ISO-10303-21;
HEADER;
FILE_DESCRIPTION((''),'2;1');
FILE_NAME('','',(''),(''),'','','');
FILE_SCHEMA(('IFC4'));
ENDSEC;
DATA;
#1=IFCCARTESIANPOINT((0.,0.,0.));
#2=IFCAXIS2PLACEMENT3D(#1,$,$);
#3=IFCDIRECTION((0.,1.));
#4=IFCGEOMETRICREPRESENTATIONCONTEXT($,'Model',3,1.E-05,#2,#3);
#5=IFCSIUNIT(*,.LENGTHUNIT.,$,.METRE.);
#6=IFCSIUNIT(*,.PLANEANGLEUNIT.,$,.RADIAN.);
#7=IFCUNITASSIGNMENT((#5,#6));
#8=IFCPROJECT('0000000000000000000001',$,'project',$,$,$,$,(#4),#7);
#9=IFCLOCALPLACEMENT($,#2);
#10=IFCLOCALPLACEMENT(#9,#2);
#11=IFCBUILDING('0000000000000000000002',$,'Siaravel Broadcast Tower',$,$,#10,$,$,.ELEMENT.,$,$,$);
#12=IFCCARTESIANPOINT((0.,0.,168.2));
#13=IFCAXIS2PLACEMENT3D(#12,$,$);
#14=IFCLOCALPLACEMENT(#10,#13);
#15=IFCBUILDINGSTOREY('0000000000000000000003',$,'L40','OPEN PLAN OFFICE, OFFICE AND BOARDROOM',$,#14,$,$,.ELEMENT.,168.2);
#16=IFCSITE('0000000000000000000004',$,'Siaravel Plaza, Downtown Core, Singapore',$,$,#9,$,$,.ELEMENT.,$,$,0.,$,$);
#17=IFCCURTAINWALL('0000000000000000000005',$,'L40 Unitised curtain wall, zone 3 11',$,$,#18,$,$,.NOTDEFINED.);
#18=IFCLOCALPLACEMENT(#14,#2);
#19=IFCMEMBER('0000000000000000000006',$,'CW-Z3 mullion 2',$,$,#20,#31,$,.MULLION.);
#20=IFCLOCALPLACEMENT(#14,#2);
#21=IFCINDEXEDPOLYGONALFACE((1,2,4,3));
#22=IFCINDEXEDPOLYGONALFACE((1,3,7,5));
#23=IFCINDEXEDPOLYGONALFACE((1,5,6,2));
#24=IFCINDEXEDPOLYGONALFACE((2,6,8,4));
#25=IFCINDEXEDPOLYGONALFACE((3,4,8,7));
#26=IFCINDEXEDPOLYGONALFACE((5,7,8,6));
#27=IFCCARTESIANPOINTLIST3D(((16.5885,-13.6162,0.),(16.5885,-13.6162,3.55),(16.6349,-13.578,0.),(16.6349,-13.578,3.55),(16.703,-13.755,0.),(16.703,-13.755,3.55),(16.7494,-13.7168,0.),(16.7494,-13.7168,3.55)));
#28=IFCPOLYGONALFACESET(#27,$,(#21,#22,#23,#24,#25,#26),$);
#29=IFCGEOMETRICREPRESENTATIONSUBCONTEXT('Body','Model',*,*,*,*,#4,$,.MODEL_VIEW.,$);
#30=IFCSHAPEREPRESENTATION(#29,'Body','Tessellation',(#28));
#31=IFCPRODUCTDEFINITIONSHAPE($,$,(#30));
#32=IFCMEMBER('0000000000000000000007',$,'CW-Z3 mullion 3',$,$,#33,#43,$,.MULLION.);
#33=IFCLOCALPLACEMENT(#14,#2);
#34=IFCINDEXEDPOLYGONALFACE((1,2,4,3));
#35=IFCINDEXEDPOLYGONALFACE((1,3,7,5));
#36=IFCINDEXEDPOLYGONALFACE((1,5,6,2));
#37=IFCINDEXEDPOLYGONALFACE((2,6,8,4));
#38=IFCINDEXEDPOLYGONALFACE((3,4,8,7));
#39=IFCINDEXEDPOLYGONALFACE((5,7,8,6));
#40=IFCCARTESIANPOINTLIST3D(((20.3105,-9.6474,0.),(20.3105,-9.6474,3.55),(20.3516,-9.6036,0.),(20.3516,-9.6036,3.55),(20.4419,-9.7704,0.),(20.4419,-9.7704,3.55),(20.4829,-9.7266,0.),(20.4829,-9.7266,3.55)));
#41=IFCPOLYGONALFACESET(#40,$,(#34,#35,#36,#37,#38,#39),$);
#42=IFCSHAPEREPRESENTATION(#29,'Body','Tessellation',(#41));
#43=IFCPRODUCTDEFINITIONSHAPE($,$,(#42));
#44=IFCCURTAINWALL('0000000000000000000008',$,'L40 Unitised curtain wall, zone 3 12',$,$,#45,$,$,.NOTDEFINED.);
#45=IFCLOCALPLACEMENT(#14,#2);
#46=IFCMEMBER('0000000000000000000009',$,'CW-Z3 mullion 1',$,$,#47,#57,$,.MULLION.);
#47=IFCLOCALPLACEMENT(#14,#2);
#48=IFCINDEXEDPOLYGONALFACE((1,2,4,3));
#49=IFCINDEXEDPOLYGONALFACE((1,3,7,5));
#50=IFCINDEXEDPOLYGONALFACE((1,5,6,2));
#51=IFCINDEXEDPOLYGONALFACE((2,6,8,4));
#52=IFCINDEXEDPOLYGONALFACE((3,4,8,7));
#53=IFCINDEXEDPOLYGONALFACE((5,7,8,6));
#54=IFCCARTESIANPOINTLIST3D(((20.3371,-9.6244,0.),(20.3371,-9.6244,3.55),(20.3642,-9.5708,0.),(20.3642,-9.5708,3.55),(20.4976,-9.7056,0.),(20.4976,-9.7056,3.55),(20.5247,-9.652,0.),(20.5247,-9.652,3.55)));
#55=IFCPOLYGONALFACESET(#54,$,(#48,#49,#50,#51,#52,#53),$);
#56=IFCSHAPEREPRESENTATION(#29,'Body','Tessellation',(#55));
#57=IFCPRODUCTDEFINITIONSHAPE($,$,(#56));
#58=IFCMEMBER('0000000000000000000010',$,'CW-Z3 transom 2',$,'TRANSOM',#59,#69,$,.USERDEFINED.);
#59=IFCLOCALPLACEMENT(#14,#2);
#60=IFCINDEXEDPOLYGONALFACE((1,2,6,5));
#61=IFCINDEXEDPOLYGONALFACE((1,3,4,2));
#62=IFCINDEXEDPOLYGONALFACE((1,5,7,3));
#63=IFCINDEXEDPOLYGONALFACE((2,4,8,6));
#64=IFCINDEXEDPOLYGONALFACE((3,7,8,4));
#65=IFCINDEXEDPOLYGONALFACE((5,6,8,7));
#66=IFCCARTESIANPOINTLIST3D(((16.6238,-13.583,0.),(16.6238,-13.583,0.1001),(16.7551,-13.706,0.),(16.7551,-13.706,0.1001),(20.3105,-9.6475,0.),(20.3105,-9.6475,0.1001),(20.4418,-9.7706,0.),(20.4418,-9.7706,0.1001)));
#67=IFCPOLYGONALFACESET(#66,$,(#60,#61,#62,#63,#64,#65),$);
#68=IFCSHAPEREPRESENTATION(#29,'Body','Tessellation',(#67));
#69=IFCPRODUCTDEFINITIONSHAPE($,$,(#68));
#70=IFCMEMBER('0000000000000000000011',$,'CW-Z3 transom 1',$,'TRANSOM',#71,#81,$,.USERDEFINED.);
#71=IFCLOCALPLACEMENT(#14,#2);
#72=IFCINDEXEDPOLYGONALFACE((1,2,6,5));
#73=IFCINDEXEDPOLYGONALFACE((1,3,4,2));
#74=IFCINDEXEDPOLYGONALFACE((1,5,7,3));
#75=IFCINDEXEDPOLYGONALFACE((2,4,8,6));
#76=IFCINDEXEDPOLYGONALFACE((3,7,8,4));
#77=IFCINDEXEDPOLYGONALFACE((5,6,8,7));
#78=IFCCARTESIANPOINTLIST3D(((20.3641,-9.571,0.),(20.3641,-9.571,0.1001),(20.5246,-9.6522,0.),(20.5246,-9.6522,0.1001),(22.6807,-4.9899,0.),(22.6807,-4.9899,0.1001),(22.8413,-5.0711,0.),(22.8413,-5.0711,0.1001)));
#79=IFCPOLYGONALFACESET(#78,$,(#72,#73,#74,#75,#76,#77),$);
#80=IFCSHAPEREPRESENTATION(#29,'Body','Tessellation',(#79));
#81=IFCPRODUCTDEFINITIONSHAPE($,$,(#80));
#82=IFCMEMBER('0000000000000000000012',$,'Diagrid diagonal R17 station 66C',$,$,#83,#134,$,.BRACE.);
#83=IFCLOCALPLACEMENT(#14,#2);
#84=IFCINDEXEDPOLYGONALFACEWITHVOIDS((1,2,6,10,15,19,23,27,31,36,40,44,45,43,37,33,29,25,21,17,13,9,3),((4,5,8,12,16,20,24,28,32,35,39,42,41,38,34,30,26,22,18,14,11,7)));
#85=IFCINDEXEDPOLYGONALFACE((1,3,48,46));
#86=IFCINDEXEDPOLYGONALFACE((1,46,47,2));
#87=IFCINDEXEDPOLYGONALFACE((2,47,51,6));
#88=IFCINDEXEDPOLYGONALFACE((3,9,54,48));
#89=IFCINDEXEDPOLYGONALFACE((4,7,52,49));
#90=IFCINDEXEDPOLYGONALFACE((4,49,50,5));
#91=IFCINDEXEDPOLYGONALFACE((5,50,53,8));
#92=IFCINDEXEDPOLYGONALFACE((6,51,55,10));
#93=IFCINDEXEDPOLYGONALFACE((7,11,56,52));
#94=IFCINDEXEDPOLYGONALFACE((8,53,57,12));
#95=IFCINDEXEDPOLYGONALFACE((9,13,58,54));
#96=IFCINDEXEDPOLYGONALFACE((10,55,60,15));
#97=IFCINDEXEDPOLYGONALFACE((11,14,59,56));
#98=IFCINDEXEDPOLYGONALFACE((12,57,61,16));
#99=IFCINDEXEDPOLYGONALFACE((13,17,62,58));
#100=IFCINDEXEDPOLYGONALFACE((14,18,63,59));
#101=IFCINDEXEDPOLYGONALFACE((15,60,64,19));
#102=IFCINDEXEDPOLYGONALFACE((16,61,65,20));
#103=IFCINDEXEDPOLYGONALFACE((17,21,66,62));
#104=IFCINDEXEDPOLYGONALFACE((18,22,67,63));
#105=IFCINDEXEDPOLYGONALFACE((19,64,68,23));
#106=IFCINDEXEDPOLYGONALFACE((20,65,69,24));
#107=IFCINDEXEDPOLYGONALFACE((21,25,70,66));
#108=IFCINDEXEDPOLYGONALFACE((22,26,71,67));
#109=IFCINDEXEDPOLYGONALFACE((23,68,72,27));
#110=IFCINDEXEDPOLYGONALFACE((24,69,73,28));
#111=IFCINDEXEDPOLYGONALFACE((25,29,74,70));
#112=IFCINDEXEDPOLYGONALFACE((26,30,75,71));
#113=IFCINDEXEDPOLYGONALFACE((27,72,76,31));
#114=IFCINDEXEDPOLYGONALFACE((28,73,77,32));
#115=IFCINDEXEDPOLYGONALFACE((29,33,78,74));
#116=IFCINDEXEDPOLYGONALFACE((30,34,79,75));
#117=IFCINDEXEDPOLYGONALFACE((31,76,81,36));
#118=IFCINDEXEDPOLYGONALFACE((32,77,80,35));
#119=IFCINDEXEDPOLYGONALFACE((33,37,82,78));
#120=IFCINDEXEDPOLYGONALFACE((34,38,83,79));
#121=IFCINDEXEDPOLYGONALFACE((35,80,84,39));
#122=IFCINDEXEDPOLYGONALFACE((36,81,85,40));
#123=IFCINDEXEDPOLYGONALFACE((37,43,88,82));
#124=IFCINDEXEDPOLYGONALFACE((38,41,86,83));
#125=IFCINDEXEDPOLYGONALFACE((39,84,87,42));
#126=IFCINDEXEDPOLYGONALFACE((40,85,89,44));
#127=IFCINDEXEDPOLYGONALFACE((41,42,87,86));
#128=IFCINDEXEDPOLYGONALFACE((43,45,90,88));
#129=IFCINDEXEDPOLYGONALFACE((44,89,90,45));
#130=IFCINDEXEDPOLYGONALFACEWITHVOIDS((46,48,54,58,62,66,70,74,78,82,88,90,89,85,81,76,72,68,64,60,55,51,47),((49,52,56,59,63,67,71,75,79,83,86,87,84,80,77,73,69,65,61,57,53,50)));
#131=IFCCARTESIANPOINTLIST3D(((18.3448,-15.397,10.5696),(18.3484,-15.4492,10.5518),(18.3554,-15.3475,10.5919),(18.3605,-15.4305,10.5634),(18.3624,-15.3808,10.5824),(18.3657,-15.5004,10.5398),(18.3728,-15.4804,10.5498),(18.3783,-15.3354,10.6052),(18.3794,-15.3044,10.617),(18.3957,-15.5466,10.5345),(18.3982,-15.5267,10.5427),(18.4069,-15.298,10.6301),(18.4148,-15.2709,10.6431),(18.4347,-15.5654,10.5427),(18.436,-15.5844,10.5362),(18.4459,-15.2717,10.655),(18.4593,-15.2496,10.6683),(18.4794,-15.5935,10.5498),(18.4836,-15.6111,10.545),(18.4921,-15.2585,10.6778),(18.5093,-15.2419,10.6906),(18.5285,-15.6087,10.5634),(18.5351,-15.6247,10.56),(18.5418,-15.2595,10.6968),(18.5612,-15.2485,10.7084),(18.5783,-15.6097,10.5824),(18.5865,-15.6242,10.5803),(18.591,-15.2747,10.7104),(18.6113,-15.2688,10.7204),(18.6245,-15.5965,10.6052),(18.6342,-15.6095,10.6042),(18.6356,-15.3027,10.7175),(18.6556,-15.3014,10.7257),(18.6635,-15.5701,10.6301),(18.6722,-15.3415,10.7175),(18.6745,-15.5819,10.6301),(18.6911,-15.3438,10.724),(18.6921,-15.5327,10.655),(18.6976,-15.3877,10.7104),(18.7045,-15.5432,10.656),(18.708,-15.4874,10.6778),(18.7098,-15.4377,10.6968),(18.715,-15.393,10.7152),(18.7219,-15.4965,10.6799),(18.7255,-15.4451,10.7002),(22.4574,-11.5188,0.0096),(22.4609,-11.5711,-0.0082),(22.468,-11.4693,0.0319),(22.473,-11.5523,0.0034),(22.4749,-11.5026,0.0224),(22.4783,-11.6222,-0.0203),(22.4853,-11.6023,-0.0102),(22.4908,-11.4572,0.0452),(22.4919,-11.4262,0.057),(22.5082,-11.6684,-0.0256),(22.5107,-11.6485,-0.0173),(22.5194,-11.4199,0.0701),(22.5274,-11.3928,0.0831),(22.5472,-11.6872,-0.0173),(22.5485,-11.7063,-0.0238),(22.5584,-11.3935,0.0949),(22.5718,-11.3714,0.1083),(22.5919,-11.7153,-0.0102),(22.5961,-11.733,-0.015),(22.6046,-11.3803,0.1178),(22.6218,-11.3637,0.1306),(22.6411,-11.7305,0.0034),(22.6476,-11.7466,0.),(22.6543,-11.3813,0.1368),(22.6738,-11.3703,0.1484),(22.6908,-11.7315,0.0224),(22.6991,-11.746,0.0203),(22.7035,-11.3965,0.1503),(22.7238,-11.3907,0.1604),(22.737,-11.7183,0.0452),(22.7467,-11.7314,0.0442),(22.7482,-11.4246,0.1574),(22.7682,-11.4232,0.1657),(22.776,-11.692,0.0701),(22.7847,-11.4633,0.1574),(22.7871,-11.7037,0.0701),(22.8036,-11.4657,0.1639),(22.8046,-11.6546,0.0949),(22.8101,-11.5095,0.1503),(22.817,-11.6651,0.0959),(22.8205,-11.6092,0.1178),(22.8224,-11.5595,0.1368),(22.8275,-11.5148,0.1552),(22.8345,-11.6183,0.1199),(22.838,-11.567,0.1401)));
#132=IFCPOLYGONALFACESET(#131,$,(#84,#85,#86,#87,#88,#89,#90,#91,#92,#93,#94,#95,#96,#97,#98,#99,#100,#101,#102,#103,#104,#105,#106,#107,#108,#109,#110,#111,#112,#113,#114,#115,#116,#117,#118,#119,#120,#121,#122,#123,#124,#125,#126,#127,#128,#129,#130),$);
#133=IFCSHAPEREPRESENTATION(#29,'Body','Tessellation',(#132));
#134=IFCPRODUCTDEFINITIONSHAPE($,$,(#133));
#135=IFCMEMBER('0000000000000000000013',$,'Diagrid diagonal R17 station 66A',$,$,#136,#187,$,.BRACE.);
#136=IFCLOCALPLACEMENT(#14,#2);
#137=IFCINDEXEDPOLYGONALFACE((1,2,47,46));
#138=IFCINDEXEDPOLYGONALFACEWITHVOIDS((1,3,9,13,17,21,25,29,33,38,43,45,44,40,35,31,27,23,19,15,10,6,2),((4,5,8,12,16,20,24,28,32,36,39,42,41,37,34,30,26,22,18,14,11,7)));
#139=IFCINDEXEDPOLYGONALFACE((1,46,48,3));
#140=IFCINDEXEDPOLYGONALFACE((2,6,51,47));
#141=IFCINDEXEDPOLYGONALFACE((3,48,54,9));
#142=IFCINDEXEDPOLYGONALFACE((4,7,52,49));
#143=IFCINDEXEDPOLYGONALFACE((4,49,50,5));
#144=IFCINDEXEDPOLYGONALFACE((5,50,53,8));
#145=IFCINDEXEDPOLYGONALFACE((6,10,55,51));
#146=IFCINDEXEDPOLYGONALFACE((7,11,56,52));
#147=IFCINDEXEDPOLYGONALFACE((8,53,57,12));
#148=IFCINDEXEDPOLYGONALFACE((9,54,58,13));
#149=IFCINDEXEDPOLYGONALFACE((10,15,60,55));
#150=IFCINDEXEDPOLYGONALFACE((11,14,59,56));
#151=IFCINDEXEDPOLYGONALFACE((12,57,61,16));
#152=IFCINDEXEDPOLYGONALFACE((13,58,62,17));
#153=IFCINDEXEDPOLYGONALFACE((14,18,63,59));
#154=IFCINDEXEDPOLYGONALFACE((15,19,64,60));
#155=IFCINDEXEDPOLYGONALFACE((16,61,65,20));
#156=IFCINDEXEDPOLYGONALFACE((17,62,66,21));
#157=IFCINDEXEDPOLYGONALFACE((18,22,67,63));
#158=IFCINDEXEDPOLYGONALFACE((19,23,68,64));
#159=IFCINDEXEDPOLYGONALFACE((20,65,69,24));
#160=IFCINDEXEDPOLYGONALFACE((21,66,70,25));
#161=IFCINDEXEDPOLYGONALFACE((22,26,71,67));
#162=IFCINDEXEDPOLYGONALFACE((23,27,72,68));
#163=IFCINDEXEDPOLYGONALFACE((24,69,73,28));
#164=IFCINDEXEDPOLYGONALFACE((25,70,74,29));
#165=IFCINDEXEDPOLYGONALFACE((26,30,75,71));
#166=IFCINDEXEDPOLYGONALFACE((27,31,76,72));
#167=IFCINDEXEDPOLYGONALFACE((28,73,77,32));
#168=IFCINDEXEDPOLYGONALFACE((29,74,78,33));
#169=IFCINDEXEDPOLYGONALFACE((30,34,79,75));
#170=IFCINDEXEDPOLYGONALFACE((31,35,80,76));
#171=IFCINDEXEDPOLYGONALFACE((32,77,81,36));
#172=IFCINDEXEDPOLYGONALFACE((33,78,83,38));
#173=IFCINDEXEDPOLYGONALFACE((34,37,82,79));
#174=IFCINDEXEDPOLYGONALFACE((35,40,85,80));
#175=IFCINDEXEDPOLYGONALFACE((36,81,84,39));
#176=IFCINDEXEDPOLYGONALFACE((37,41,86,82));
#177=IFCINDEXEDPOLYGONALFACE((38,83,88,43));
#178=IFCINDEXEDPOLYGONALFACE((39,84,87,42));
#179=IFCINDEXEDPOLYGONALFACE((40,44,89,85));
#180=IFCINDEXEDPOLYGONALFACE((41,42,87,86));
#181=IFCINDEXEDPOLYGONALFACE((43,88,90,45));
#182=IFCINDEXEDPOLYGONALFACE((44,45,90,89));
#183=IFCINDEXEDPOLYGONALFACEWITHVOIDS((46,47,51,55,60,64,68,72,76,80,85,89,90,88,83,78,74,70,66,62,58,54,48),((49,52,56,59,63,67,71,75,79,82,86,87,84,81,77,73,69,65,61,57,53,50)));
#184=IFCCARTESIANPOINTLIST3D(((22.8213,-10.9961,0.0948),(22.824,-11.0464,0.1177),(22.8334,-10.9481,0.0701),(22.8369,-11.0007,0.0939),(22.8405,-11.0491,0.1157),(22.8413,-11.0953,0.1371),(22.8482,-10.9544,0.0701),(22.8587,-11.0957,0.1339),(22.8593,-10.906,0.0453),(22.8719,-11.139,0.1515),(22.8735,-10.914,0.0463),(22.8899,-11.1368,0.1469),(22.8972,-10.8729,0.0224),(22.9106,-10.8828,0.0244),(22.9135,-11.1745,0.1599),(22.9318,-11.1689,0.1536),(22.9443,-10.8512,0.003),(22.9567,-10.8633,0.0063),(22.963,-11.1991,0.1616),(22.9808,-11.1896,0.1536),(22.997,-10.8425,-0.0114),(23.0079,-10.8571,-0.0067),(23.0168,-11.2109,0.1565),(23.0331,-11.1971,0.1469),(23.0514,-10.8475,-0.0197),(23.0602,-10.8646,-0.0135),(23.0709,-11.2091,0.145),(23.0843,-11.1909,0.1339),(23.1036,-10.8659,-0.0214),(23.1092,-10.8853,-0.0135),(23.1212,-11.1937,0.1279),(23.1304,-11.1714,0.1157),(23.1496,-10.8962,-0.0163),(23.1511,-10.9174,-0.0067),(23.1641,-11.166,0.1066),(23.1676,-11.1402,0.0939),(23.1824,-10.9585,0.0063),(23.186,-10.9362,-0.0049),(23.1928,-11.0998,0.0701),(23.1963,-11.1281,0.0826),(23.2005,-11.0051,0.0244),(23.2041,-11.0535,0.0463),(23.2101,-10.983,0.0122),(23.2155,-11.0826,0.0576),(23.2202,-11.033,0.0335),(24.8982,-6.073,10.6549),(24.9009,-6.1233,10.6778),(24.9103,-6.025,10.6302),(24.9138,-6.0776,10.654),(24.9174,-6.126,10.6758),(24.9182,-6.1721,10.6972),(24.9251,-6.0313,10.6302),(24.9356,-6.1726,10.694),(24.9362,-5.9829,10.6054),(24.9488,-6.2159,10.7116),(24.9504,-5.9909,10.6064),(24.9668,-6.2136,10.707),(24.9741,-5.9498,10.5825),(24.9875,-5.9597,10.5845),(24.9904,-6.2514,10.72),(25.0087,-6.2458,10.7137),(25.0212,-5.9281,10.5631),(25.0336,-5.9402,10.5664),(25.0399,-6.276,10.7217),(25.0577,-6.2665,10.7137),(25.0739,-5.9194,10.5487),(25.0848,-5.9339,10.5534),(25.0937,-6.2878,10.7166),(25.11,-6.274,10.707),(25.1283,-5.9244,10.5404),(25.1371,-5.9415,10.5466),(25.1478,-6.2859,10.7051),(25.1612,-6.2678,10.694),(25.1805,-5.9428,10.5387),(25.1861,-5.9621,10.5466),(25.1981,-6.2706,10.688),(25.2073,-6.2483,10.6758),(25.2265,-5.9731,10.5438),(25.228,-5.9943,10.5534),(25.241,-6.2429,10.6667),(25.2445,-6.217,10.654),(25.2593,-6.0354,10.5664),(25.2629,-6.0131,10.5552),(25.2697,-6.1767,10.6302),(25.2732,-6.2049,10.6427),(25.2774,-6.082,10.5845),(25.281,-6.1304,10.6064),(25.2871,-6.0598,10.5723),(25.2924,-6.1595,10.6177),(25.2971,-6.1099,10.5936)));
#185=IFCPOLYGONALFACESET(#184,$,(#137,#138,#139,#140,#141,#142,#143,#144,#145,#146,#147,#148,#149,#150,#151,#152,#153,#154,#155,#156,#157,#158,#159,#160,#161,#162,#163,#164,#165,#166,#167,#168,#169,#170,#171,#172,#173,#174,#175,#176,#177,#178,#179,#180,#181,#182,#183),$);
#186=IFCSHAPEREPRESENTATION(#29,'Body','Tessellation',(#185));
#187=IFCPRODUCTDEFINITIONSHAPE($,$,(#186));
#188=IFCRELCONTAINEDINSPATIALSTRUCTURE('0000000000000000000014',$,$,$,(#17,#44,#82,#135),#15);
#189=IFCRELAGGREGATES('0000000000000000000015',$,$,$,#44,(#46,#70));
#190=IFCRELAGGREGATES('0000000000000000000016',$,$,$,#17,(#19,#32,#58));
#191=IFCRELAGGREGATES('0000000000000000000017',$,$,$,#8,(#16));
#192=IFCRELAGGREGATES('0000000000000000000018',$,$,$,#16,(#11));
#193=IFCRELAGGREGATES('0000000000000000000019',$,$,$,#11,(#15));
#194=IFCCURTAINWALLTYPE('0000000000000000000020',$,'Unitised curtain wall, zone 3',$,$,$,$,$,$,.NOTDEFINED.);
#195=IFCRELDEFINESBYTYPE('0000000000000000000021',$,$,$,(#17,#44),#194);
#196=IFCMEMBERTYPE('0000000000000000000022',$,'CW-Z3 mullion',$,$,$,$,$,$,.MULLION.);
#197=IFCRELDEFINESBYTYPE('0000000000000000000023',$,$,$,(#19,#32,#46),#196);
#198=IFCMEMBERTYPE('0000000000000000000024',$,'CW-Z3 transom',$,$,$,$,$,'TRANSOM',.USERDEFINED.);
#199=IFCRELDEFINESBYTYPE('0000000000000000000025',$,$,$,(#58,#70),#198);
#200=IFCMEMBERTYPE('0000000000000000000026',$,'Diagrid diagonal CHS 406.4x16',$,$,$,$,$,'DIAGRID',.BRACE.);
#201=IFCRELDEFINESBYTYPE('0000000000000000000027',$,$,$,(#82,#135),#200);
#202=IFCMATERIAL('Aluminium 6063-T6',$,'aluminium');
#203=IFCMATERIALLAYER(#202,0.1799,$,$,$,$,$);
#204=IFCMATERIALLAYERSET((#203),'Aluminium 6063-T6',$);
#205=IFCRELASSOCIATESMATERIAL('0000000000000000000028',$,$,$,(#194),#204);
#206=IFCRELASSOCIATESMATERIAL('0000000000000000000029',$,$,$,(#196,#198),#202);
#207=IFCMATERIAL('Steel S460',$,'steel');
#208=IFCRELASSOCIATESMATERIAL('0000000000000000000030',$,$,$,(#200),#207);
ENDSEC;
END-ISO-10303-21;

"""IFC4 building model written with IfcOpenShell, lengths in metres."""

from ifc_helpers import new_model, si_unit, direction, frame, origin, origin_2d, place, context, subcontext, project, spatial, rectangle, hollow_circle, extrude, material, layer, layer_set, material_profile, profile_set, type_object, element, aggregate, save


model = new_model("IFC4")

# Units and contexts
model_context = context("Model", 3, precision=1e-05, world=origin(), true_north=direction((0.0, 1.0)))
body_context = subcontext(model_context, "Body", "Model", "MODEL_VIEW")
ifc_project = project(units=[si_unit("LENGTHUNIT", "METRE"), si_unit("PLANEANGLEUNIT", "RADIAN")], contexts=[model_context])

# Site, building, storey
site_placement = place(None, origin())
site = spatial("IfcSite", under=ifc_project, at=site_placement, Name="Siaravel Plaza, Downtown Core, Singapore", CompositionType="ELEMENT", RefElevation=0.0)
building_placement = place(site_placement, origin())
building = spatial("IfcBuilding", under=site, at=building_placement, Name="Siaravel Broadcast Tower", CompositionType="ELEMENT")
storey_placement = place(building_placement, frame((0.0, 0.0, 168.2)))
storey = spatial("IfcBuildingStorey", under=building, at=storey_placement, Name="L40", Description="OPEN PLAN OFFICE, OFFICE AND BOARDROOM", CompositionType="ELEMENT", Elevation=168.2)

# Curtain wall, members
ifc_material_1 = material(Name="Aluminium 6063-T6", Category="aluminium")
ifc_layer_1 = layer(ifc_material_1, 0.1799)
ifc_layer_set_1 = layer_set([ifc_layer_1], Name="Aluminium 6063-T6")
curtain_wall_type = type_object("IfcCurtainWallType", Name="Unitised curtain wall, zone 3", PredefinedType="NOTDEFINED", material=ifc_layer_set_1)
curtain_wall_1_placement = place(storey_placement, origin())
curtain_wall_1 = element("IfcCurtainWall", 1, at=curtain_wall_1_placement, inside=storey, type_object=curtain_wall_type, Name="L40 Unitised curtain wall, zone 3 11", PredefinedType="NOTDEFINED")
ifc_material_profile_1 = material_profile(ifc_material_1, rectangle(XDim=0.1799, YDim=0.0601, at=origin_2d()))
ifc_profile_set_1 = profile_set([ifc_material_profile_1], Name="Aluminium 6063-T6")
member_type_1 = type_object("IfcMemberType", Name="CW-Z3 mullion", PredefinedType="MULLION", material=ifc_profile_set_1)
member_1_placement = place(storey_placement, frame((16.6689, -13.6665, 0.0), z_axis=(0.0, 0.0, 1.0), x_axis=(-0.636218, 0.771509, 0.0)))
member_1 = element("IfcMember", 2, at=member_1_placement, type_object=member_type_1, Name="CW-Z3 mullion 2", PredefinedType="MULLION", context=body_context, shape_type="SweptSolid", body=[
    extrude(rectangle(XDim=0.1799, YDim=0.0601, at=origin_2d()), origin(), (0.0, 0.0, 1.0), 3.55),
])
member_2_placement = place(storey_placement, frame((20.3967, -9.687, 0.0), z_axis=(0.0, 0.0, 1.0), x_axis=(-0.729805, 0.683655, 0.0)))
member_2 = element("IfcMember", 3, at=member_2_placement, type_object=member_type_1, Name="CW-Z3 mullion 3", PredefinedType="MULLION", context=body_context, shape_type="SweptSolid", body=[
    extrude(rectangle(XDim=0.1799, YDim=0.0601, at=origin_2d()), origin(), (0.0, 0.0, 1.0), 3.55),
])

# Curtain wall, member
curtain_wall_2_placement = place(storey_placement, origin())
curtain_wall_2 = element("IfcCurtainWall", 4, at=curtain_wall_2_placement, inside=storey, type_object=curtain_wall_type, Name="L40 Unitised curtain wall, zone 3 12", PredefinedType="NOTDEFINED")
member_3_placement = place(storey_placement, frame((20.4309, -9.6382, 0.0), z_axis=(0.0, 0.0, 1.0), x_axis=(-0.892392, 0.451261, 0.0)))
member_3 = element("IfcMember", 5, at=member_3_placement, type_object=member_type_1, Name="CW-Z3 mullion 1", PredefinedType="MULLION", context=body_context, shape_type="SweptSolid", body=[
    extrude(rectangle(XDim=0.1799, YDim=0.0601, at=origin_2d()), origin(), (0.0, 0.0, 1.0), 3.55),
])

# Members
ifc_material_profile_2 = material_profile(ifc_material_1, rectangle(XDim=0.1799, YDim=0.1001, at=origin_2d()))
ifc_profile_set_2 = profile_set([ifc_material_profile_2], Name="Aluminium 6063-T6")
member_type_2 = type_object("IfcMemberType", Name="CW-Z3 transom", ElementType="TRANSOM", PredefinedType="USERDEFINED", material=ifc_profile_set_2)
member_4_placement = place(storey_placement, frame((16.6895, -13.6445, 0.05), z_axis=(0.683664, 0.729797, 0.0), x_axis=(-0.729797, 0.683664, 0.0)))
member_4 = element("IfcMember", 6, at=member_4_placement, type_object=member_type_2, Name="CW-Z3 transom 2", ObjectType="TRANSOM", PredefinedType="USERDEFINED", context=body_context, shape_type="SweptSolid", body=[
    extrude(rectangle(XDim=0.1799, YDim=0.1001, at=origin_2d()), origin(), (0.0, 0.0, 1.0), 5.3926),
])
member_5_placement = place(storey_placement, frame((20.4443, -9.6116, 0.05), z_axis=(0.45128, 0.892382, 0.0), x_axis=(-0.892382, 0.45128, 0.0)))
member_5 = element("IfcMember", 7, at=member_5_placement, type_object=member_type_2, Name="CW-Z3 transom 1", ObjectType="TRANSOM", PredefinedType="USERDEFINED", context=body_context, shape_type="SweptSolid", body=[
    extrude(rectangle(XDim=0.1799, YDim=0.1001, at=origin_2d()), origin(), (0.0, 0.0, 1.0), 5.1335),
])
aggregate(curtain_wall_2, [member_3, member_5])

# Members
ifc_material_2 = material(Name="Steel S460", Category="steel")
ifc_material_profile_3 = material_profile(ifc_material_2, hollow_circle(Radius=0.2031, WallThickness=0.0161, at=origin_2d()))
ifc_profile_set_3 = profile_set([ifc_material_profile_3], Name="Steel S460")
member_type_3 = type_object("IfcMemberType", Name="Diagrid diagonal CHS 406.4x16", ElementType="DIAGRID", PredefinedType="BRACE", material=ifc_profile_set_3)
member_6_placement = place(storey_placement, frame((22.6477, -11.5559, 0.0701), z_axis=(-0.343347, -0.32378, 0.881635), x_axis=(0.686072, -0.727534, 0.0)))
element("IfcMember", 8, at=member_6_placement, inside=storey, type_object=member_type_3, Name="Diagrid diagonal R17 station 66C", PredefinedType="BRACE", context=body_context, shape_type="SweptSolid", body=[
    extrude(hollow_circle(Radius=0.2031, WallThickness=0.0161, at=origin_2d()), origin(), (0.0, 0.0, 1.0), 11.9778),
])
member_7_placement = place(storey_placement, frame((23.0205, -11.0271, 0.0701), z_axis=(0.17549, 0.415981, 0.89228), x_axis=(-0.921366, 0.388696, 0.0)))
element("IfcMember", 9, at=member_7_placement, inside=storey, type_object=member_type_3, Name="Diagrid diagonal R17 station 66A", PredefinedType="BRACE", context=body_context, shape_type="SweptSolid", body=[
    extrude(hollow_circle(Radius=0.2031, WallThickness=0.0161, at=origin_2d()), origin(), (0.0, 0.0, 1.0), 11.835),
])

aggregate(curtain_wall_1, [member_1, member_2, member_4])

save(model, "model.ifc")
